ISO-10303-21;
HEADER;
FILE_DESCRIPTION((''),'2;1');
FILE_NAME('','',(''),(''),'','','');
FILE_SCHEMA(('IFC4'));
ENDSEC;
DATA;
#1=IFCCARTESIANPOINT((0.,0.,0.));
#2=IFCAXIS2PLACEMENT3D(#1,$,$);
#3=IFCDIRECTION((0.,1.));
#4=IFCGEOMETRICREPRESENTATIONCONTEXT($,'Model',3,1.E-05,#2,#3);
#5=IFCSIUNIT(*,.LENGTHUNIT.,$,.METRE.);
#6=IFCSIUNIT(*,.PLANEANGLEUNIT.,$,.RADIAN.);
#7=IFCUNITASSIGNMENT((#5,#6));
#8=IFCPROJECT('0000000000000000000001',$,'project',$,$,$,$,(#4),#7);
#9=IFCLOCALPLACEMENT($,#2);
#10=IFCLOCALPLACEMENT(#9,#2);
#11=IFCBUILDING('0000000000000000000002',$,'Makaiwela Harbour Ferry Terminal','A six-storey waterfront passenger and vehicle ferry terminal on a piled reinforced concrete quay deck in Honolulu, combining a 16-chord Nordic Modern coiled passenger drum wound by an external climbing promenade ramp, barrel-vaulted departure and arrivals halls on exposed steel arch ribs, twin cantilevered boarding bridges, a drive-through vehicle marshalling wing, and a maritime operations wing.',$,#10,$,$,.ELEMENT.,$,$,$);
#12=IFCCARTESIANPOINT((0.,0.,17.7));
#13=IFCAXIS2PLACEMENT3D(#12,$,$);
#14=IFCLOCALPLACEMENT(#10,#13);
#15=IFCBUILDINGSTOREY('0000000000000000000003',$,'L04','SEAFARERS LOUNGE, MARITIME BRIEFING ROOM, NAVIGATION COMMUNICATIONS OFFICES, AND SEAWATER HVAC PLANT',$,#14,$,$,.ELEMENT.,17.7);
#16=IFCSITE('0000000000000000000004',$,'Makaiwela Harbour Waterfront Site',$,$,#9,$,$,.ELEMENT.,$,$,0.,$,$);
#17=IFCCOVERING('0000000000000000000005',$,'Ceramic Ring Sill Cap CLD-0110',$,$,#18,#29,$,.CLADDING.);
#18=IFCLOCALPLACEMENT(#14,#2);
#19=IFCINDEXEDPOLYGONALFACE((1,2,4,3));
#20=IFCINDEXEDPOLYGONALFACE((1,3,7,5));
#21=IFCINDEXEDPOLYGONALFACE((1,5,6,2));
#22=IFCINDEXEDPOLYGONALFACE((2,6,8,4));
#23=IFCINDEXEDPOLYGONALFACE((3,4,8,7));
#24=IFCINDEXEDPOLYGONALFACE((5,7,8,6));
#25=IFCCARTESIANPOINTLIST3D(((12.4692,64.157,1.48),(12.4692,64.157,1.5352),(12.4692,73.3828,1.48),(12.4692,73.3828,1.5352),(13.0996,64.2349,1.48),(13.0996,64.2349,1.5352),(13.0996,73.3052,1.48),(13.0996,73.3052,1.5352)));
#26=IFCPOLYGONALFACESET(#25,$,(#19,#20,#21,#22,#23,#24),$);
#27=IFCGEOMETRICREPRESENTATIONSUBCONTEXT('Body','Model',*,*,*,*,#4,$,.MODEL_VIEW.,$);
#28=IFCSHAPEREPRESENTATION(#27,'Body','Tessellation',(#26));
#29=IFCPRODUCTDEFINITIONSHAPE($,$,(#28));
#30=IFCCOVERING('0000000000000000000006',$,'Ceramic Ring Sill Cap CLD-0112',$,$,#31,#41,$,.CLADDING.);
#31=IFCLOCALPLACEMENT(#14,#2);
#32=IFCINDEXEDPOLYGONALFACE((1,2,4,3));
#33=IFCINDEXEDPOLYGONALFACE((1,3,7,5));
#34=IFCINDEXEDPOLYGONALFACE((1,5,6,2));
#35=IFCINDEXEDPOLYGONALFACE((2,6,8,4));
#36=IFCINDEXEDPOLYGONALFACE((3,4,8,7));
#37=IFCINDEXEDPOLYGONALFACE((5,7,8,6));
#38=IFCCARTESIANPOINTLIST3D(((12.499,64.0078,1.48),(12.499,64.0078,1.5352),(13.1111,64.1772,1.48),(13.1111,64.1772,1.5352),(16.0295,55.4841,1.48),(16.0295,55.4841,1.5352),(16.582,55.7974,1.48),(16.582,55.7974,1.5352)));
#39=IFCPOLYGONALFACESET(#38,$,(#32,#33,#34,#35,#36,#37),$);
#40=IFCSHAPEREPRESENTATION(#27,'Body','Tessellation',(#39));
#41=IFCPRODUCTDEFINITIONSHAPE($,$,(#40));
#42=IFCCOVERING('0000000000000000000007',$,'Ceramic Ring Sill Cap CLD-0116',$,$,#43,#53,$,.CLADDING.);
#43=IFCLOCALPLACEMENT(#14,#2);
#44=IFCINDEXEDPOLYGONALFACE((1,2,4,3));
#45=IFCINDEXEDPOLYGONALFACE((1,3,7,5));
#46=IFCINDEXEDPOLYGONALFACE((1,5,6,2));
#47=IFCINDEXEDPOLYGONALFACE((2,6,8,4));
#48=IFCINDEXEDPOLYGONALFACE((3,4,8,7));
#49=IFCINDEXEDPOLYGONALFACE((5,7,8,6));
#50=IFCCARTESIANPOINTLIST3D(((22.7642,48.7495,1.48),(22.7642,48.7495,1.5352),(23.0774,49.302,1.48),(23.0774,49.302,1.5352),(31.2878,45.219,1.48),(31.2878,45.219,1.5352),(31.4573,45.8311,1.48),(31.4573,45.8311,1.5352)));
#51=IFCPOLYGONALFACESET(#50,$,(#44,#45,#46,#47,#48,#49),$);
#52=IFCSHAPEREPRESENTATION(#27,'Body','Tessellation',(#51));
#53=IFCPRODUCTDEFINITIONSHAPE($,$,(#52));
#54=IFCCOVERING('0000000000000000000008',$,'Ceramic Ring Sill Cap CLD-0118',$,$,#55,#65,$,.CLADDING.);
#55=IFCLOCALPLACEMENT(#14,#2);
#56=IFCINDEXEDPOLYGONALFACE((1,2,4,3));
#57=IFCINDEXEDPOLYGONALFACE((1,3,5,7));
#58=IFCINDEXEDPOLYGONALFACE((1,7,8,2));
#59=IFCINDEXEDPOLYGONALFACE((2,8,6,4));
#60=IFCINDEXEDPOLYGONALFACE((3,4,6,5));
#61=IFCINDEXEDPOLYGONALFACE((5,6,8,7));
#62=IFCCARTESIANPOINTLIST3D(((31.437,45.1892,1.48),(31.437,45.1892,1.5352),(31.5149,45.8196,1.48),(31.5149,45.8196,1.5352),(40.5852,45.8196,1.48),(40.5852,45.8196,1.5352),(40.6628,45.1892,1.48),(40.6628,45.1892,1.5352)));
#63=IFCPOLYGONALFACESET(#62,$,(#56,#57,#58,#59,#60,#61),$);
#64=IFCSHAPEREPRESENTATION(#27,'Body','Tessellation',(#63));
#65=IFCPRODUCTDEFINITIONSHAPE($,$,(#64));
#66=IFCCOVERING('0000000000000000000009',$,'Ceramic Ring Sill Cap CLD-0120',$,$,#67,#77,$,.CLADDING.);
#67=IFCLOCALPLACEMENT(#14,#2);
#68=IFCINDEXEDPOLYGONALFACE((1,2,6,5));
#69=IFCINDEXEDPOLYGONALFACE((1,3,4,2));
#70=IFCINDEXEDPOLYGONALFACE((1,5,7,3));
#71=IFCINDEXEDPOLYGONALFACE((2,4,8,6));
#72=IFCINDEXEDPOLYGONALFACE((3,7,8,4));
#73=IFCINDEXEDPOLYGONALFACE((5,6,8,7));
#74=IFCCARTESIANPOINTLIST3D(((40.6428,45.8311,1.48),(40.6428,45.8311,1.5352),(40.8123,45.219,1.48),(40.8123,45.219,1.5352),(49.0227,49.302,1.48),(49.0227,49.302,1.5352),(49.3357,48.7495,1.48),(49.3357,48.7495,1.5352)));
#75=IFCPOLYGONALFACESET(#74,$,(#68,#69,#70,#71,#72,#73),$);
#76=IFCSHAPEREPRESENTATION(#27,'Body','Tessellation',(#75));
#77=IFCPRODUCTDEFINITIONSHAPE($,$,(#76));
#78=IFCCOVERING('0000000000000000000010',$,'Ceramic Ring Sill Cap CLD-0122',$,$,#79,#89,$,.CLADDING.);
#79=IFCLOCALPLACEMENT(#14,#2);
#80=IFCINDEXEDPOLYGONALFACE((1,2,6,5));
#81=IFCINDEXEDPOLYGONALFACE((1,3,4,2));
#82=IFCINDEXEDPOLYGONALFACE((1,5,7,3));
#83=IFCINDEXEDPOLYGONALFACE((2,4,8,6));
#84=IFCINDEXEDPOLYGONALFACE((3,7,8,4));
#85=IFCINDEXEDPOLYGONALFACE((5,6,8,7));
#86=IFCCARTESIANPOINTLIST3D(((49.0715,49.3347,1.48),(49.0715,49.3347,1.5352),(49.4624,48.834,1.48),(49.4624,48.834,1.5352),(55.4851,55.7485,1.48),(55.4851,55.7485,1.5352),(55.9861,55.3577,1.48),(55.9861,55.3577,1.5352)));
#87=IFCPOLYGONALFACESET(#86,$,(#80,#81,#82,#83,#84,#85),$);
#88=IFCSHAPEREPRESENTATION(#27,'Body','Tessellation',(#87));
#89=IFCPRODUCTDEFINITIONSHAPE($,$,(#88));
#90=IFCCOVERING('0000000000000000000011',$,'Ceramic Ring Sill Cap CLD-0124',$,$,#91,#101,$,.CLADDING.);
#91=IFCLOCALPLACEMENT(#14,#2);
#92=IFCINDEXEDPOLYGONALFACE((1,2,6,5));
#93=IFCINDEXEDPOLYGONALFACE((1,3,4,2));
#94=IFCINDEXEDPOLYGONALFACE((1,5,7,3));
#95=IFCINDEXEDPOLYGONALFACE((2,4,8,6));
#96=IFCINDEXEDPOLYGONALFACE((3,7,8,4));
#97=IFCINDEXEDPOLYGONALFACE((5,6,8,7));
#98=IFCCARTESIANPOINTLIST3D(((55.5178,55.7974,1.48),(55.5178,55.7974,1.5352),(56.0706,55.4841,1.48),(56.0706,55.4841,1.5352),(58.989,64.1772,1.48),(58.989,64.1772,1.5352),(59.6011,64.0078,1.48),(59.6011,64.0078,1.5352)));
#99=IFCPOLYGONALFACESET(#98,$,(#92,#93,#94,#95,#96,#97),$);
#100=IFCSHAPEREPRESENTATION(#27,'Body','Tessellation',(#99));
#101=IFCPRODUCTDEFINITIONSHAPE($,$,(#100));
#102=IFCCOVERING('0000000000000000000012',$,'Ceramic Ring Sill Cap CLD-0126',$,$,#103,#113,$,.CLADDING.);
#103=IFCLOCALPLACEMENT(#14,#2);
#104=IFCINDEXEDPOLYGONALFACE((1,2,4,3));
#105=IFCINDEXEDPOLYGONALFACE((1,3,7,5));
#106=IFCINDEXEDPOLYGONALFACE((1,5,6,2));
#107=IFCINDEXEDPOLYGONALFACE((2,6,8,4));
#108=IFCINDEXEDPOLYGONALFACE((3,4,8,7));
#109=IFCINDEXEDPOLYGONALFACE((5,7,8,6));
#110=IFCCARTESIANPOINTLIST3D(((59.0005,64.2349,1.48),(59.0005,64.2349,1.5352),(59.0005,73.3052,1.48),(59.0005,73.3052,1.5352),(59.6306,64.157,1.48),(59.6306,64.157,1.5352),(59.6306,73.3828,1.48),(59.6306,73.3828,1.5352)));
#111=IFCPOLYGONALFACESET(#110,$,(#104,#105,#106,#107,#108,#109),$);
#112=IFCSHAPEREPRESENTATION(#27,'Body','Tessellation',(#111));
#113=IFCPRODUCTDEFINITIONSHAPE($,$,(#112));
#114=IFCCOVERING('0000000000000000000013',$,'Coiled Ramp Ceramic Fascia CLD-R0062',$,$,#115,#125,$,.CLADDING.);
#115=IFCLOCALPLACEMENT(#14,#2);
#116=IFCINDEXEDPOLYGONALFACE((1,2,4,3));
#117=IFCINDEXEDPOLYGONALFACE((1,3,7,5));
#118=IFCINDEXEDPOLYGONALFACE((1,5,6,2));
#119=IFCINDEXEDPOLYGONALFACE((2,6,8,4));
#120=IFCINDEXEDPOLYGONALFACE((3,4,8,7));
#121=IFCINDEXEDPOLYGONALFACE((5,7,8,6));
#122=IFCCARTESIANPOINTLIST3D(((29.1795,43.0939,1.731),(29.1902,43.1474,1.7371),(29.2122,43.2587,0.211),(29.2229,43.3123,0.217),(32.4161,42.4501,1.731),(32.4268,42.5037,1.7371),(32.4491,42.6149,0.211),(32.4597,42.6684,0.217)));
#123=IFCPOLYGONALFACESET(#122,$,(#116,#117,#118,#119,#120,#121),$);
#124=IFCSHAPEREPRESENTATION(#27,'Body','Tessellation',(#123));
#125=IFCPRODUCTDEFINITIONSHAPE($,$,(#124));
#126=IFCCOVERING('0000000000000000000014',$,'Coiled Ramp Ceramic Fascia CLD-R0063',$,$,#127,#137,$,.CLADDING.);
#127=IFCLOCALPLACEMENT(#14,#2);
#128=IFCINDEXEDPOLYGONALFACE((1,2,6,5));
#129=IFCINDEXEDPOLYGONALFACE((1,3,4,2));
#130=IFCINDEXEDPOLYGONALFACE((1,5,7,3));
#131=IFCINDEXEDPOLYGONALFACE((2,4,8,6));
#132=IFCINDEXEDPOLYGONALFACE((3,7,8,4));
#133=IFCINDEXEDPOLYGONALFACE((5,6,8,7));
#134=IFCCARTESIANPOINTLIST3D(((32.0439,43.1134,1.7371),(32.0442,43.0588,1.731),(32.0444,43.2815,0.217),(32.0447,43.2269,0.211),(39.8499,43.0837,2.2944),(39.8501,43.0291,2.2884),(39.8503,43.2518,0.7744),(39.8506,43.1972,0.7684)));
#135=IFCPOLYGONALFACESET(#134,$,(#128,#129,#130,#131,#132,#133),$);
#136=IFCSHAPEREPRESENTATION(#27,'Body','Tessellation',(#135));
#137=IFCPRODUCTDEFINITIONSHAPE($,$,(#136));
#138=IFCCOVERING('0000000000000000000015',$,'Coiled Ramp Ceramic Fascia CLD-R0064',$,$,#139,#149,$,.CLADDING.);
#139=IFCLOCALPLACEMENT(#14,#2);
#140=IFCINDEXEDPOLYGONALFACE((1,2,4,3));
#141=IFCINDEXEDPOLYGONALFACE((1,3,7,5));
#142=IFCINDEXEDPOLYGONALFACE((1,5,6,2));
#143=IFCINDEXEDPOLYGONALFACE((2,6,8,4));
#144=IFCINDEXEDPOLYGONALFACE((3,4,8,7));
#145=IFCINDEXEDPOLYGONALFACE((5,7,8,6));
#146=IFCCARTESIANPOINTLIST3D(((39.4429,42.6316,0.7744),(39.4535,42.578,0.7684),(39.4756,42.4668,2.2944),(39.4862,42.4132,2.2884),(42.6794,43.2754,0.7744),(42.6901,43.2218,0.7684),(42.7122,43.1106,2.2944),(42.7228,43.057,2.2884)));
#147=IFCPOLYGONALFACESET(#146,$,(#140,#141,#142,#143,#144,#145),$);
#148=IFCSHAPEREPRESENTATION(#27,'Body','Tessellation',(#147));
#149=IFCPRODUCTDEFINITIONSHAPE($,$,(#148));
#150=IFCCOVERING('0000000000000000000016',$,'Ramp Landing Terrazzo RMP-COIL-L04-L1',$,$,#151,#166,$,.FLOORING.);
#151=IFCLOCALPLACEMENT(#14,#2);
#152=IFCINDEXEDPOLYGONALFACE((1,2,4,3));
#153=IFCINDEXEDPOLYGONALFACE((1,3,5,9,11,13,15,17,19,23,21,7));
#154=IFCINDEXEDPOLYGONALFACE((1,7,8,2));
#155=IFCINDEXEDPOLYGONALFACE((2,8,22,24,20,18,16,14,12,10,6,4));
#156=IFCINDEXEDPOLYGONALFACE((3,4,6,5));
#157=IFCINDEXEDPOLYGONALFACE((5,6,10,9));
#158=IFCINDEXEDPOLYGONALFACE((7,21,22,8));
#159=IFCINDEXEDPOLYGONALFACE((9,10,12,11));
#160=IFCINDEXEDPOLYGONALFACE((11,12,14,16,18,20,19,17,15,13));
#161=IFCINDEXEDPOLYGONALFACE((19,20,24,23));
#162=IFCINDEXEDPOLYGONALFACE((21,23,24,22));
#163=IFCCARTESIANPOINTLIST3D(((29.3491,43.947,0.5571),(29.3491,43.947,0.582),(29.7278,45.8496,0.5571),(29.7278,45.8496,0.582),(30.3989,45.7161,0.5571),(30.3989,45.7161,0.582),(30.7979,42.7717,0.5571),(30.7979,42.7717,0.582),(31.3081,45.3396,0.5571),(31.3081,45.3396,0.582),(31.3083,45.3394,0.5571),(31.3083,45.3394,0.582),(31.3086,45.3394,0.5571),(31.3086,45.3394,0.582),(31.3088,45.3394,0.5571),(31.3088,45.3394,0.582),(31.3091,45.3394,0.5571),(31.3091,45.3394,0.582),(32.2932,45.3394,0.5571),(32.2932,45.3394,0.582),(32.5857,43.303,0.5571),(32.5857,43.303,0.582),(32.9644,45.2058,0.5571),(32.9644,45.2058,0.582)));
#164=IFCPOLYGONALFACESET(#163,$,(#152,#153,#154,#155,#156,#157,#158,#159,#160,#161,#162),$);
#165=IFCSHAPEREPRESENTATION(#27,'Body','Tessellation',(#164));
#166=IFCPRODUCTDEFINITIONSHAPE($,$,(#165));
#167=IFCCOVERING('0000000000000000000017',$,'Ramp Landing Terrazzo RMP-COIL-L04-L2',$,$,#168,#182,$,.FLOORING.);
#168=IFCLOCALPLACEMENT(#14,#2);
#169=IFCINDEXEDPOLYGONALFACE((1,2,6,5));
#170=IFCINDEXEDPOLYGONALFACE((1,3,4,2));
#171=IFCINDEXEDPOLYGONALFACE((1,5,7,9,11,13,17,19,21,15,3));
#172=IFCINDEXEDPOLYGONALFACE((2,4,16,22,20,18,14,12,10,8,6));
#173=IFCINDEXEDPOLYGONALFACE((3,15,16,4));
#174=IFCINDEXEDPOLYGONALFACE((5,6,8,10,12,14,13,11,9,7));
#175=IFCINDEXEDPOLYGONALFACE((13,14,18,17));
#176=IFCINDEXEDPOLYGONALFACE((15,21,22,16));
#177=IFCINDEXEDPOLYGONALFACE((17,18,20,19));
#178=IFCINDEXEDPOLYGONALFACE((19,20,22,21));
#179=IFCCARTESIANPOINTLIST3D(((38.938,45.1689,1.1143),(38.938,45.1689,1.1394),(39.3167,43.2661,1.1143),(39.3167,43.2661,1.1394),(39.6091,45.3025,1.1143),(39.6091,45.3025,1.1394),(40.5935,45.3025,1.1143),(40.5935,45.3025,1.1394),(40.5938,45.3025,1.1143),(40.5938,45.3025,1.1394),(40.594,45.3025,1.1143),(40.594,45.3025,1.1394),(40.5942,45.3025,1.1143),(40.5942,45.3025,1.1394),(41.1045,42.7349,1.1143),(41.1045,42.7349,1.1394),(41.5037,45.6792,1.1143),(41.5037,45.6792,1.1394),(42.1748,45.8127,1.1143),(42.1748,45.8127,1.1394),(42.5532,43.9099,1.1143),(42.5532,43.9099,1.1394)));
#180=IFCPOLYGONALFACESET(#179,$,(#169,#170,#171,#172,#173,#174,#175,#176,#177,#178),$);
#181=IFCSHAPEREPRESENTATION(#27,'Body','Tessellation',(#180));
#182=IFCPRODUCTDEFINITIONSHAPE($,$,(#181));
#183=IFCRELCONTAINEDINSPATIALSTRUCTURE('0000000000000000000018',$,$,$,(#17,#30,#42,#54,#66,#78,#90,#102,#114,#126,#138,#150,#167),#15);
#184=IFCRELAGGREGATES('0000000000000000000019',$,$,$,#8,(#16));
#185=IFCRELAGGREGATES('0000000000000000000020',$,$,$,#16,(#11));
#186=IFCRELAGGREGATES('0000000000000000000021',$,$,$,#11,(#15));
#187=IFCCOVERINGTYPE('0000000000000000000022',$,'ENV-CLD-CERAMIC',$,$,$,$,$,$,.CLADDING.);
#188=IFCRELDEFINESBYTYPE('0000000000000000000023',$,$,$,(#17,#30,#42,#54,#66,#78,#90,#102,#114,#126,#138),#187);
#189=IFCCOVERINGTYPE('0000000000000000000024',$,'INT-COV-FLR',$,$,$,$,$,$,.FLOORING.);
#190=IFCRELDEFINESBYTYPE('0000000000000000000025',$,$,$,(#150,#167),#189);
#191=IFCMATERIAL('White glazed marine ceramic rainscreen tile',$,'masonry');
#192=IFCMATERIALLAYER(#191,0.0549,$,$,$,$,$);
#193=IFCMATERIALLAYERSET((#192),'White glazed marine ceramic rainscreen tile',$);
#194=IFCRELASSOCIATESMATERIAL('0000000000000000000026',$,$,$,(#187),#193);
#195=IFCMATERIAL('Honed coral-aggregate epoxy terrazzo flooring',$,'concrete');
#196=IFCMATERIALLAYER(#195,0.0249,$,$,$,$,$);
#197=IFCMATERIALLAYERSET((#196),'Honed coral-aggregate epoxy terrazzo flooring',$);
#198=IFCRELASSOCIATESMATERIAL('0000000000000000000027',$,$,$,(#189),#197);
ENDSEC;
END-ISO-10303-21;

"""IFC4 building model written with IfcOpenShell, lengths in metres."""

from ifc_helpers import new_model, si_unit, direction, frame, origin, place, context, subcontext, project, spatial, polyline, outline, extrude, material, layer, layer_set, type_object, element, save


model = new_model("IFC4")

# Units and contexts
model_context = context("Model", 3, precision=1e-05, world=origin(), true_north=direction((0.0, 1.0)))
body_context = subcontext(model_context, "Body", "Model", "MODEL_VIEW")
ifc_project = project(units=[si_unit("LENGTHUNIT", "METRE"), si_unit("PLANEANGLEUNIT", "RADIAN")], contexts=[model_context])

# Site, building, storey
site_placement = place(None, origin())
site = spatial("IfcSite", under=ifc_project, at=site_placement, Name="Makaiwela Harbour Waterfront Site", CompositionType="ELEMENT", RefElevation=0.0)
building_placement = place(site_placement, origin())
building = spatial("IfcBuilding", under=site, at=building_placement, Name="Makaiwela Harbour Ferry Terminal", Description="A six-storey waterfront passenger and vehicle ferry terminal on a piled reinforced concrete quay deck in Honolulu, combining a 16-chord Nordic Modern coiled passenger drum wound by an external climbing promenade ramp, barrel-vaulted departure and arrivals halls on exposed steel arch ribs, twin cantilevered boarding bridges, a drive-through vehicle marshalling wing, and a maritime operations wing.", CompositionType="ELEMENT")
storey_placement = place(building_placement, frame((0.0, 0.0, 17.7)))
storey = spatial("IfcBuildingStorey", under=building, at=storey_placement, Name="L04", Description="SEAFARERS LOUNGE, MARITIME BRIEFING ROOM, NAVIGATION COMMUNICATIONS OFFICES, AND SEAWATER HVAC PLANT", CompositionType="ELEMENT", Elevation=17.7)

# Coverings
ifc_material_1 = material(Name="White glazed marine ceramic rainscreen tile", Category="masonry")
ifc_layer_1 = layer(ifc_material_1, 0.0549)
ifc_layer_set_1 = layer_set([ifc_layer_1], Name="White glazed marine ceramic rainscreen tile")
covering_type_1 = type_object("IfcCoveringType", Name="ENV-CLD-CERAMIC", PredefinedType="CLADDING", material=ifc_layer_set_1)
covering_1_placement = place(storey_placement, frame((0.0, 0.0, 1.48)))
element("IfcCovering", 1, at=covering_1_placement, inside=storey, type_object=covering_type_1, Name="Ceramic Ring Sill Cap CLD-0110", PredefinedType="CLADDING", context=body_context, shape_type="SweptSolid", body=[
    extrude(outline(polyline([(12.4692, 73.3828), (12.4692, 64.157), (13.0996, 64.2349), (13.0996, 73.3052), (12.4692, 73.3828)])), origin(), (0.0, 0.0, 1.0), 0.0552),
])
covering_2_placement = place(storey_placement, frame((0.0, 0.0, 1.48)))
element("IfcCovering", 2, at=covering_2_placement, inside=storey, type_object=covering_type_1, Name="Ceramic Ring Sill Cap CLD-0112", PredefinedType="CLADDING", context=body_context, shape_type="SweptSolid", body=[
    extrude(outline(polyline([(12.499, 64.0078), (16.0295, 55.4841), (16.582, 55.7974), (13.1111, 64.1772), (12.499, 64.0078)])), origin(), (0.0, 0.0, 1.0), 0.0552),
])
covering_3_placement = place(storey_placement, frame((0.0, 0.0, 1.48)))
element("IfcCovering", 3, at=covering_3_placement, inside=storey, type_object=covering_type_1, Name="Ceramic Ring Sill Cap CLD-0116", PredefinedType="CLADDING", context=body_context, shape_type="SweptSolid", body=[
    extrude(outline(polyline([(22.7642, 48.7495), (31.2878, 45.219), (31.4573, 45.8311), (23.0774, 49.302), (22.7642, 48.7495)])), origin(), (0.0, 0.0, 1.0), 0.0552),
])
covering_4_placement = place(storey_placement, frame((0.0, 0.0, 1.48)))
element("IfcCovering", 4, at=covering_4_placement, inside=storey, type_object=covering_type_1, Name="Ceramic Ring Sill Cap CLD-0118", PredefinedType="CLADDING", context=body_context, shape_type="SweptSolid", body=[
    extrude(outline(polyline([(31.437, 45.1892), (40.6628, 45.1892), (40.5852, 45.8196), (31.5149, 45.8196), (31.437, 45.1892)])), origin(), (0.0, 0.0, 1.0), 0.0552),
])
covering_5_placement = place(storey_placement, frame((0.0, 0.0, 1.48)))
element("IfcCovering", 5, at=covering_5_placement, inside=storey, type_object=covering_type_1, Name="Ceramic Ring Sill Cap CLD-0120", PredefinedType="CLADDING", context=body_context, shape_type="SweptSolid", body=[
    extrude(outline(polyline([(40.8123, 45.219), (49.3357, 48.7495), (49.0227, 49.302), (40.6428, 45.8311), (40.8123, 45.219)])), origin(), (0.0, 0.0, 1.0), 0.0552),
])
covering_6_placement = place(storey_placement, frame((0.0, 0.0, 1.48)))
element("IfcCovering", 6, at=covering_6_placement, inside=storey, type_object=covering_type_1, Name="Ceramic Ring Sill Cap CLD-0122", PredefinedType="CLADDING", context=body_context, shape_type="SweptSolid", body=[
    extrude(outline(polyline([(49.4624, 48.834), (55.9861, 55.3577), (55.4851, 55.7485), (49.0715, 49.3347), (49.4624, 48.834)])), origin(), (0.0, 0.0, 1.0), 0.0552),
])
covering_7_placement = place(storey_placement, frame((0.0, 0.0, 1.48)))
element("IfcCovering", 7, at=covering_7_placement, inside=storey, type_object=covering_type_1, Name="Ceramic Ring Sill Cap CLD-0124", PredefinedType="CLADDING", context=body_context, shape_type="SweptSolid", body=[
    extrude(outline(polyline([(56.0706, 55.4841), (59.6011, 64.0078), (58.989, 64.1772), (55.5178, 55.7974), (56.0706, 55.4841)])), origin(), (0.0, 0.0, 1.0), 0.0552),
])
covering_8_placement = place(storey_placement, frame((0.0, 0.0, 1.48)))
element("IfcCovering", 8, at=covering_8_placement, inside=storey, type_object=covering_type_1, Name="Ceramic Ring Sill Cap CLD-0126", PredefinedType="CLADDING", context=body_context, shape_type="SweptSolid", body=[
    extrude(outline(polyline([(59.6306, 64.157), (59.6306, 73.3828), (59.0005, 73.3052), (59.0005, 64.2349), (59.6306, 64.157)])), origin(), (0.0, 0.0, 1.0), 0.0552),
])
covering_9_placement = place(storey_placement, frame((29.2229, 43.3123, 0.217), z_axis=(0.193903, 0.974848, 0.109878), x_axis=(0.980786, -0.195084, -0.000001)))
element("IfcCovering", 9, at=covering_9_placement, inside=storey, type_object=covering_type_1, Name="Coiled Ramp Ceramic Fascia CLD-R0062", PredefinedType="CLADDING", context=body_context, shape_type="SweptSolid", body=[
    extrude(outline(polyline([(0.0, 0.0), (3.3002, 0.0), (3.3, -1.5293), (0.0001, -1.5293), (0.0, 0.0)])), origin(), (0.0, 0.0, -1.0), 0.0549),
])
covering_10_placement = place(storey_placement, frame((32.0444, 43.2815, 0.217), z_axis=(-0.004071, 0.993933, 0.109912), x_axis=(0.997453, -0.003791, 0.071224)))
element("IfcCovering", 10, at=covering_10_placement, inside=storey, type_object=covering_type_1, Name="Coiled Ramp Ceramic Fascia CLD-R0063", PredefinedType="CLADDING", context=body_context, shape_type="SweptSolid", body=[
    extrude(outline(polyline([(0.0, 0.0), (7.8258, 0.0), (7.9343, -1.5254), (0.1084, -1.5255), (0.0, 0.0)])), origin(), (0.0, 0.0, -1.0), 0.0549),
])
covering_11_placement = place(storey_placement, frame((39.4429, 42.6316, 0.7744), z_axis=(-0.193911, 0.974848, 0.109863), x_axis=(0.980785, 0.195092, 0.0)))
element("IfcCovering", 11, at=covering_11_placement, inside=storey, type_object=covering_type_1, Name="Coiled Ramp Ceramic Fascia CLD-R0064", PredefinedType="CLADDING", context=body_context, shape_type="SweptSolid", body=[
    extrude(outline(polyline([(0.0, 0.0), (3.3, 0.0), (3.2999, -1.5293), (-0.0001, -1.5293), (0.0, 0.0)])), origin(), (0.0, 0.0, -1.0), 0.0549),
])
ifc_material_2 = material(Name="Honed coral-aggregate epoxy terrazzo flooring", Category="concrete")
ifc_layer_2 = layer(ifc_material_2, 0.0249)
ifc_layer_set_2 = layer_set([ifc_layer_2], Name="Honed coral-aggregate epoxy terrazzo flooring")
covering_type_2 = type_object("IfcCoveringType", Name="INT-COV-FLR", PredefinedType="FLOORING", material=ifc_layer_set_2)
covering_12_placement = place(storey_placement, frame((0.0, 0.0, 0.5571)))
element("IfcCovering", 12, at=covering_12_placement, inside=storey, type_object=covering_type_2, Name="Ramp Landing Terrazzo RMP-COIL-L04-L1", PredefinedType="FLOORING", context=body_context, shape_type="SweptSolid", body=[
    extrude(outline(polyline([(32.2932, 45.3394), (31.3091, 45.3394), (31.3088, 45.3394), (31.3086, 45.3394), (31.3083, 45.3394), (31.3081, 45.3396), (30.3989, 45.7161), (29.7278, 45.8496), (29.3491, 43.947), (30.7979, 42.7717), (32.5857, 43.303), (32.9644, 45.2058), (32.2932, 45.3394)])), origin(), (0.0, 0.0, 1.0), 0.0249),
])
covering_13_placement = place(storey_placement, frame((0.0, 0.0, 1.1143)))
element("IfcCovering", 13, at=covering_13_placement, inside=storey, type_object=covering_type_2, Name="Ramp Landing Terrazzo RMP-COIL-L04-L2", PredefinedType="FLOORING", context=body_context, shape_type="SweptSolid", body=[
    extrude(outline(polyline([(41.5037, 45.6792), (40.5942, 45.3025), (40.594, 45.3025), (40.594, 45.3025), (40.5938, 45.3025), (40.5935, 45.3025), (39.6091, 45.3025), (38.938, 45.1689), (39.3167, 43.2661), (41.1045, 42.7349), (42.5532, 43.9099), (42.1748, 45.8127), (41.5037, 45.6792)])), origin(), (0.0, 0.0, 1.0), 0.0251),
])

save(model, "model.ifc")
